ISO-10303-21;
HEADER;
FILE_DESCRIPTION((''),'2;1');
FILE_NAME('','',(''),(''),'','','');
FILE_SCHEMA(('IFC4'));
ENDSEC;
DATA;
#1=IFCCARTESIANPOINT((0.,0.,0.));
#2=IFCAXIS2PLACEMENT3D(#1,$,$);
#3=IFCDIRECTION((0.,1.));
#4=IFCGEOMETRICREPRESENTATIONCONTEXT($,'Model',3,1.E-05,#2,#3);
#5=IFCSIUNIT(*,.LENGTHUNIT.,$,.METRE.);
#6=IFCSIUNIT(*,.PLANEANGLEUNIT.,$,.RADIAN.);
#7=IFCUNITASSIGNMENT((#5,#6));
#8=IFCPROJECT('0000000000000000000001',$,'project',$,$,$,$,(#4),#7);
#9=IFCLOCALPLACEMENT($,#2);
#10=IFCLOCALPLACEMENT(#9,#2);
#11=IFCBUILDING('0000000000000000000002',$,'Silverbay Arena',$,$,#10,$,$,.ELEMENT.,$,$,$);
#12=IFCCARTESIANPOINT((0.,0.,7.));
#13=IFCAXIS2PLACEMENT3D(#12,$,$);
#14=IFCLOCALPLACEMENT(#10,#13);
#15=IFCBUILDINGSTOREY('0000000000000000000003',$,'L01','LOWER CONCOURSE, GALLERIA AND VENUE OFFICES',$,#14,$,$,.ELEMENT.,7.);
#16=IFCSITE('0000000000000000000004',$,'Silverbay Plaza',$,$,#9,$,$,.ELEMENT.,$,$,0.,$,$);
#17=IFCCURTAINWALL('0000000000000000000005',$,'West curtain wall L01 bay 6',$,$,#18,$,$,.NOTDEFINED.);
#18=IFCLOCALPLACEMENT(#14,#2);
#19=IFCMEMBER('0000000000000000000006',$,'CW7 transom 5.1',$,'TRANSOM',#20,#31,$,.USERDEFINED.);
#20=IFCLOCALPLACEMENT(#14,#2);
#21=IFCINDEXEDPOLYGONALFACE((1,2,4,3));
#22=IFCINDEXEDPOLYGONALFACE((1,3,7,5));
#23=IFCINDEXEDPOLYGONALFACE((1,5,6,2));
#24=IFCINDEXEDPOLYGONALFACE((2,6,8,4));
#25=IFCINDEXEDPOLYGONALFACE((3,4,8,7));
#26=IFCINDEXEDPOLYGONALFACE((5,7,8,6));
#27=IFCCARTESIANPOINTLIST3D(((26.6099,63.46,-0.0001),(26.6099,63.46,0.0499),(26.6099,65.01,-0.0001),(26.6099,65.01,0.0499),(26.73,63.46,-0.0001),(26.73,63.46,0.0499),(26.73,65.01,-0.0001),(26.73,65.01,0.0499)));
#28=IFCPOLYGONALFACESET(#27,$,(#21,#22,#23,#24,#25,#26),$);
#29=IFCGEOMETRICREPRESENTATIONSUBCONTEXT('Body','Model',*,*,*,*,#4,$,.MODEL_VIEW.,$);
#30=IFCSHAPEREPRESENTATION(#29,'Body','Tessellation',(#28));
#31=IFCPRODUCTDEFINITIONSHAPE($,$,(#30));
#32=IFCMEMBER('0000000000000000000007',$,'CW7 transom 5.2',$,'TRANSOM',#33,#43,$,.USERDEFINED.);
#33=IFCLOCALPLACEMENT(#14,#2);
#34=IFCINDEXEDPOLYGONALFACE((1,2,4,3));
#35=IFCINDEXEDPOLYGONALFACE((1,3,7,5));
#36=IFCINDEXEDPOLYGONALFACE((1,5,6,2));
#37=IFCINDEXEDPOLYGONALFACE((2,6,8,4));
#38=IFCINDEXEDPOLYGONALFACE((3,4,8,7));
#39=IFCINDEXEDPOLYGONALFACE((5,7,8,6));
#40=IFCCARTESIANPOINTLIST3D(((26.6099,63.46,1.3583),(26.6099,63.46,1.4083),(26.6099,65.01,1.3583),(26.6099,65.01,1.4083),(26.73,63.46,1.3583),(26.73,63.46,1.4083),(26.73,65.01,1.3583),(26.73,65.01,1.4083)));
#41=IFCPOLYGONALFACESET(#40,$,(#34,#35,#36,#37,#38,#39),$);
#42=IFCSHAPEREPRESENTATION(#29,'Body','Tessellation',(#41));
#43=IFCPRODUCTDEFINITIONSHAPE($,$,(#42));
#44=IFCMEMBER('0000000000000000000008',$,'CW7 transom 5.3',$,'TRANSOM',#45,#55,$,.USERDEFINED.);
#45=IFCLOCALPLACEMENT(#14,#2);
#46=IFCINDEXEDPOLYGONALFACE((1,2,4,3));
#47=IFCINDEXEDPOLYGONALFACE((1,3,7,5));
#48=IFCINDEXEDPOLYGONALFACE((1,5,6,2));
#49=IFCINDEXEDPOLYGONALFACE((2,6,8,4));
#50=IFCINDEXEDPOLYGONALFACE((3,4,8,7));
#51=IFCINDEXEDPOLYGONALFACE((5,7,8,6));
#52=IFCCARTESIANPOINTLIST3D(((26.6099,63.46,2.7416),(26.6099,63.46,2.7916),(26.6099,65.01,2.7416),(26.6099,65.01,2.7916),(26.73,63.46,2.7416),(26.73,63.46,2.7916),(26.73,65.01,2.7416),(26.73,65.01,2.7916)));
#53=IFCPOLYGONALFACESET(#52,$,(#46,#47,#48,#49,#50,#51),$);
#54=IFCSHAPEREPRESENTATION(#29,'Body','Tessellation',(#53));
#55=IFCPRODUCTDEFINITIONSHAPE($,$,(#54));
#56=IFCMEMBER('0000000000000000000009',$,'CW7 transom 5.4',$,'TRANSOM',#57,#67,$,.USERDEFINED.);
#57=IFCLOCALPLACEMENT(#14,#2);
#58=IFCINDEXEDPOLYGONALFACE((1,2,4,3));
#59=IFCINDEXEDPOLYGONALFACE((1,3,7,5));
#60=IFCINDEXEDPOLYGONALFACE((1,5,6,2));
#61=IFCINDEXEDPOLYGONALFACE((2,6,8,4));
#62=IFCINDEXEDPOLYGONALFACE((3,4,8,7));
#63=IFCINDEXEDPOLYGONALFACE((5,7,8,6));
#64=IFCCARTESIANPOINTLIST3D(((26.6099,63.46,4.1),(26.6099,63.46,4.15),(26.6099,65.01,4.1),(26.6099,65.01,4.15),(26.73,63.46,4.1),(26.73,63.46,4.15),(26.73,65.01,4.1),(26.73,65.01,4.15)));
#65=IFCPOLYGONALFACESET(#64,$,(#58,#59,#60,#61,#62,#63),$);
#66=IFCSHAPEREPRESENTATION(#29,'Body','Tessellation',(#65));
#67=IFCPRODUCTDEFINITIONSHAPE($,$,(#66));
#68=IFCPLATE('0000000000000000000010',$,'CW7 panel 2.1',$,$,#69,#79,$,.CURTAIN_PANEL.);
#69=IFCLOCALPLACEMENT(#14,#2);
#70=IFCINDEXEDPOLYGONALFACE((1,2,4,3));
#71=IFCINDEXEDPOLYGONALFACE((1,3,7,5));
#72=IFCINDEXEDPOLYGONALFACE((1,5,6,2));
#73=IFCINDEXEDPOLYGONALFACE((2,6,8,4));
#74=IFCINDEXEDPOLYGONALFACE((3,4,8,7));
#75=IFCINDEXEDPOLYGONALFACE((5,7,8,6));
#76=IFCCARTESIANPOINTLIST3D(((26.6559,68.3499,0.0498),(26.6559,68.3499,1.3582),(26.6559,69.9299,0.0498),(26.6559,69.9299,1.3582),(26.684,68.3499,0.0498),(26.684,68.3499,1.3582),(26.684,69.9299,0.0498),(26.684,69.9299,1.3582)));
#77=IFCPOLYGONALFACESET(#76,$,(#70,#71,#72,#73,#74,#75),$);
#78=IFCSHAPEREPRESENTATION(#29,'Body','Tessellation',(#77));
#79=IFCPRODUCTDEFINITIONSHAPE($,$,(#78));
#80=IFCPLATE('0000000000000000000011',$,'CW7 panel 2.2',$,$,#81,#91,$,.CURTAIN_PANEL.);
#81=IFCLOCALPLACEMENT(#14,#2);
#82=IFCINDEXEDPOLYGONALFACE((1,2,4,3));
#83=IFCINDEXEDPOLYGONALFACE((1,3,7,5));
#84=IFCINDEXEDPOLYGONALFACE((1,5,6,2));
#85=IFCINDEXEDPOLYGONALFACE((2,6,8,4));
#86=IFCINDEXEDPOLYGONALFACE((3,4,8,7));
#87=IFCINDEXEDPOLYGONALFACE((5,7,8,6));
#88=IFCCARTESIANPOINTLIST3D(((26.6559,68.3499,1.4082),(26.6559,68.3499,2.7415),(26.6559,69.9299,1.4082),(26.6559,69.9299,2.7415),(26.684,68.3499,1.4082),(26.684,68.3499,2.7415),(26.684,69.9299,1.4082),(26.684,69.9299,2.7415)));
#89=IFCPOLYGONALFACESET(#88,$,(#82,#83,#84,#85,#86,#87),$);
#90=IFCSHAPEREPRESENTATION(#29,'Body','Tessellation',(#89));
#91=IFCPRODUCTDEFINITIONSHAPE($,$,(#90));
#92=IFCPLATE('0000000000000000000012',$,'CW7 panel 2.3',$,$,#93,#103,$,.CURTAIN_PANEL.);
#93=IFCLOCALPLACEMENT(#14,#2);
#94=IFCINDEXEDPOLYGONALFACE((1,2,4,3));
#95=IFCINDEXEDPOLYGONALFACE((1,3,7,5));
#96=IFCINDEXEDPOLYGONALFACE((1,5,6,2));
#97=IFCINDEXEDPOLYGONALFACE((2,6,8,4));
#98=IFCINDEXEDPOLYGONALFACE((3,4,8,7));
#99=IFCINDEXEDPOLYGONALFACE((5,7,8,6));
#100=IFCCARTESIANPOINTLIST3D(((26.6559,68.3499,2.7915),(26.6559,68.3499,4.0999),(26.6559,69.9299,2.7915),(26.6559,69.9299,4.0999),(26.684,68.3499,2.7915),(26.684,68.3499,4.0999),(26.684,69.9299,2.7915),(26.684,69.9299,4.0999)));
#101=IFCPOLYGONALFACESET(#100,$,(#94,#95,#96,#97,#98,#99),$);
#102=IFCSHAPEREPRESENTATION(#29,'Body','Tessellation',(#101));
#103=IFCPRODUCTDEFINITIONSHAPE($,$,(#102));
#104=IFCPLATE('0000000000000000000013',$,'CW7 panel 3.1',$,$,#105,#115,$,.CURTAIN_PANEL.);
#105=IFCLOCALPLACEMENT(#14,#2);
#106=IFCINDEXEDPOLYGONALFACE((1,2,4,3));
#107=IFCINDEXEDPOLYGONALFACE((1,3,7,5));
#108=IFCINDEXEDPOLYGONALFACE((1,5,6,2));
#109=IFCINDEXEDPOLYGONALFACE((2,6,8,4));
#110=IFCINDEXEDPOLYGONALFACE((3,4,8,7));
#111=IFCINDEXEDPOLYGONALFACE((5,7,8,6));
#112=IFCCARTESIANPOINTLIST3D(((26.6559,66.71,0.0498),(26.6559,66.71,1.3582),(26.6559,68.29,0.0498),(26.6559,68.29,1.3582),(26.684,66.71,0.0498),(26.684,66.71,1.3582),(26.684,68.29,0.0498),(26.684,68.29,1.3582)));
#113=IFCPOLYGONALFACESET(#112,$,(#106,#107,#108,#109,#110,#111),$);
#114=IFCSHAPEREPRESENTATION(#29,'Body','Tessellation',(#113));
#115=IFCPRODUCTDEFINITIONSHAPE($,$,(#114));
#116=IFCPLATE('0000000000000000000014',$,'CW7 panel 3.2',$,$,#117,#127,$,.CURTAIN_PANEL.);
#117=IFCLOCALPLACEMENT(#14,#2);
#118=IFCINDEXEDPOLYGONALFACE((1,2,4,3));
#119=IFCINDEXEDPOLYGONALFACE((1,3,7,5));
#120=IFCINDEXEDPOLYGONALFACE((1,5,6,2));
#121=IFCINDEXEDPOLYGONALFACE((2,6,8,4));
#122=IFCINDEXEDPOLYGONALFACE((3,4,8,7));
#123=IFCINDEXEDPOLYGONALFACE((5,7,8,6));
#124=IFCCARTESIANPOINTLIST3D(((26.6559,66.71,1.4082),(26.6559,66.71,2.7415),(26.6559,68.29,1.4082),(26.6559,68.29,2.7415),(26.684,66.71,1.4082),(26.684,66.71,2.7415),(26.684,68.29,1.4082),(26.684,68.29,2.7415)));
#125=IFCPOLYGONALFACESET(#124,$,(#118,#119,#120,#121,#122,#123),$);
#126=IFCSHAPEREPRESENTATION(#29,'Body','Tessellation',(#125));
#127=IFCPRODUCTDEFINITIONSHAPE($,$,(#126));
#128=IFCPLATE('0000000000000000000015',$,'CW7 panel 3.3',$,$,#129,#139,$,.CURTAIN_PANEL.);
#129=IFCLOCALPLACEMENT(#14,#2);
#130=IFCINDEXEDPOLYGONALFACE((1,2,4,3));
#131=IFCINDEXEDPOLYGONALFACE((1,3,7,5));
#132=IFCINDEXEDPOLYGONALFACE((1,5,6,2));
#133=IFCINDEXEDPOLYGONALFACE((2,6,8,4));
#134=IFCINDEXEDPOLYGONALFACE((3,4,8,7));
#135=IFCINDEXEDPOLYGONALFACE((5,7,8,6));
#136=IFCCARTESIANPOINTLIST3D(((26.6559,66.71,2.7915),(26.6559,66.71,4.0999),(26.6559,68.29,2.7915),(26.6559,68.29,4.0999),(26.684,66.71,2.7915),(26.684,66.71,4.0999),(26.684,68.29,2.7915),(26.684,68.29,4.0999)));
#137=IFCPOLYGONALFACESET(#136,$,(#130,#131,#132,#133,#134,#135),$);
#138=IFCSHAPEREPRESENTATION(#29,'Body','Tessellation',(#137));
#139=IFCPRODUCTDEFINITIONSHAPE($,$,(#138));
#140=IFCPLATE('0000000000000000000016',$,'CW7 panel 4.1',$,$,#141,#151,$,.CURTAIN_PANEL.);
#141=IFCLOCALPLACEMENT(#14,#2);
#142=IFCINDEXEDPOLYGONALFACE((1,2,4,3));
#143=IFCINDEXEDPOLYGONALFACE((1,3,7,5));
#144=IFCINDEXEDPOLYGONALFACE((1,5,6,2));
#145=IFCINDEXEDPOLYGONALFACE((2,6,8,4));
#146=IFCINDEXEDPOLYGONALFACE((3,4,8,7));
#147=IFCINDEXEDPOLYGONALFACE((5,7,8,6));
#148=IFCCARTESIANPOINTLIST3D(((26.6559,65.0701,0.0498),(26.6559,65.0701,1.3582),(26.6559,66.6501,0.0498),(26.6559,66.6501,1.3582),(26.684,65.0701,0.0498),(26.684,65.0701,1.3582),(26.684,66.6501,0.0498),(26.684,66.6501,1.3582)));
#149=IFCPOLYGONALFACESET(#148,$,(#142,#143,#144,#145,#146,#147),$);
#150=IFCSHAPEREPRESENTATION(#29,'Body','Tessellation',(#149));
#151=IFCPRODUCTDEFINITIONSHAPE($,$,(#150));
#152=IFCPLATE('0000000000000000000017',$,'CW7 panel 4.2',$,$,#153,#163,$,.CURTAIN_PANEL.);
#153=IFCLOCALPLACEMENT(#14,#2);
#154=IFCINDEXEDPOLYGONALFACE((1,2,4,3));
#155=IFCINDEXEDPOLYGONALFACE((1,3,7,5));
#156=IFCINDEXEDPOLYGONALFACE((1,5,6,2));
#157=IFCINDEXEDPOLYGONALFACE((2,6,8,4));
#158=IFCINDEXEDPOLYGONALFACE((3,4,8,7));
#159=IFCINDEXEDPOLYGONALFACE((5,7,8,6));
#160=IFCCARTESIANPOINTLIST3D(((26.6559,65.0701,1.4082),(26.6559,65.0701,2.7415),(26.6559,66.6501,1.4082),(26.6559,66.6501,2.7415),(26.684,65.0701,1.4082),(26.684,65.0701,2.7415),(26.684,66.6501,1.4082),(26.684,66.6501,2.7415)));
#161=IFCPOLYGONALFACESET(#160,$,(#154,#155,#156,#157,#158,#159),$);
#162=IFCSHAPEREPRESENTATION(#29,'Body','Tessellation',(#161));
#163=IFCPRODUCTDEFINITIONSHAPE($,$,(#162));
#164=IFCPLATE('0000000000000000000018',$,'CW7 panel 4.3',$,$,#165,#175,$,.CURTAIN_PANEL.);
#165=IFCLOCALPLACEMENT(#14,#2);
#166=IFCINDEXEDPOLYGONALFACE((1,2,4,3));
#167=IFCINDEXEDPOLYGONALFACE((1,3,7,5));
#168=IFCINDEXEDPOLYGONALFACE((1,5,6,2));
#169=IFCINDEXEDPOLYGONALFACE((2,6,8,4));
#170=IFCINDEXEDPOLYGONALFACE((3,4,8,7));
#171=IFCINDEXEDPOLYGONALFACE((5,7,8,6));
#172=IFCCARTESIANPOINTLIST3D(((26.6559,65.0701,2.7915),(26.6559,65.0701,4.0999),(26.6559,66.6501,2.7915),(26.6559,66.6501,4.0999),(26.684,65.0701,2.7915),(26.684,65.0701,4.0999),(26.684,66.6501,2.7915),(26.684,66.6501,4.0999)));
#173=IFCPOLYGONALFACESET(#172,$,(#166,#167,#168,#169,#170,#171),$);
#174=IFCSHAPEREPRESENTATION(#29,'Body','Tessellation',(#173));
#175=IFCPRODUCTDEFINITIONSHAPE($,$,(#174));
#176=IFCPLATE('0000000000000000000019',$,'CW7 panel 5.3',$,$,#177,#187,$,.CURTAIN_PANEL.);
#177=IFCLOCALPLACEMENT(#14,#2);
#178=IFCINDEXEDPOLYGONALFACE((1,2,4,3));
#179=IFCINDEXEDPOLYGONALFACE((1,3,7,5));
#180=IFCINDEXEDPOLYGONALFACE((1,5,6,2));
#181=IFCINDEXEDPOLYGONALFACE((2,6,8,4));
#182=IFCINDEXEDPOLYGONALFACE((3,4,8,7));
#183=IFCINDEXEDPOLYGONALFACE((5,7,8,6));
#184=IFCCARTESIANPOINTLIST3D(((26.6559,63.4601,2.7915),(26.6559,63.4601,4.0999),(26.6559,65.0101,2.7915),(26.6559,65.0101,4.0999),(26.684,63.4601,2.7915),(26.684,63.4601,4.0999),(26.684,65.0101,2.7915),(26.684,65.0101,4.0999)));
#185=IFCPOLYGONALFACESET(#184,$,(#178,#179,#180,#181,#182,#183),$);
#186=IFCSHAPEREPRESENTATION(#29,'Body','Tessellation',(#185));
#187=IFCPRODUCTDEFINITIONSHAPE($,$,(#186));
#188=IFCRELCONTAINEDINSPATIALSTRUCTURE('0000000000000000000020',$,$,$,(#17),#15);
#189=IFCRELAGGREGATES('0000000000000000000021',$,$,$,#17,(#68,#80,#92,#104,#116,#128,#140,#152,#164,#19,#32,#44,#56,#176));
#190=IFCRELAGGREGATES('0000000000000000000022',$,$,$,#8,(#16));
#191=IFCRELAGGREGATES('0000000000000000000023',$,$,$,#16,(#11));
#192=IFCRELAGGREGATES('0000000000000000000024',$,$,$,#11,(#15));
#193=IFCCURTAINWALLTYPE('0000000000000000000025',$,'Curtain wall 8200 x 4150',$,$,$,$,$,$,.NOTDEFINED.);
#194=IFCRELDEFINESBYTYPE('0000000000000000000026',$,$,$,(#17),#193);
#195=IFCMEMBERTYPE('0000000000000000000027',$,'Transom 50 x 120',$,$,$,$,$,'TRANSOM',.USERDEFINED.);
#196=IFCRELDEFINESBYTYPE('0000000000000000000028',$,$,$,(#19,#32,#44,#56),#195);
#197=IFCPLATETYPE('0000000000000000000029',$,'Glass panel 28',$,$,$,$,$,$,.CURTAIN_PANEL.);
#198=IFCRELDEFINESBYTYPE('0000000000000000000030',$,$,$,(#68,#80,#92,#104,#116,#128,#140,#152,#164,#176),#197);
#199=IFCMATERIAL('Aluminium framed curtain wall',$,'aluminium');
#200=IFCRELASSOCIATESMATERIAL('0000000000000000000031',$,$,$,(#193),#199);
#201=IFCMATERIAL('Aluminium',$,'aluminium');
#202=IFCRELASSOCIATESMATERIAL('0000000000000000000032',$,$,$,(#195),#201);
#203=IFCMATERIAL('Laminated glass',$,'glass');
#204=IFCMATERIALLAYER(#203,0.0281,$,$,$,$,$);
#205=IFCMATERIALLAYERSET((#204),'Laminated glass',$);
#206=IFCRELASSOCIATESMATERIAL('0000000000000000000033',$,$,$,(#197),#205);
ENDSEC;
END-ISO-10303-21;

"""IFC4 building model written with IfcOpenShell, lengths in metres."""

from ifc_helpers import new_model, si_unit, direction, frame, origin, origin_2d, place, context, subcontext, project, spatial, rectangle, extrude, material, layer, layer_set, material_profile, profile_set, type_object, element, aggregate, save


model = new_model("IFC4")

# Units and contexts
model_context = context("Model", 3, precision=1e-05, world=origin(), true_north=direction((0.0, 1.0)))
body_context = subcontext(model_context, "Body", "Model", "MODEL_VIEW")
ifc_project = project(units=[si_unit("LENGTHUNIT", "METRE"), si_unit("PLANEANGLEUNIT", "RADIAN")], contexts=[model_context])

# Site, building, storey
site_placement = place(None, origin())
site = spatial("IfcSite", under=ifc_project, at=site_placement, Name="Silverbay Plaza", CompositionType="ELEMENT", RefElevation=0.0)
building_placement = place(site_placement, origin())
building = spatial("IfcBuilding", under=site, at=building_placement, Name="Silverbay Arena", CompositionType="ELEMENT")
storey_placement = place(building_placement, frame((0.0, 0.0, 7.0)))
storey = spatial("IfcBuildingStorey", under=building, at=storey_placement, Name="L01", Description="LOWER CONCOURSE, GALLERIA AND VENUE OFFICES", CompositionType="ELEMENT", Elevation=7.0)

# Curtain wall, members, plates
ifc_material_1 = material(Name="Aluminium framed curtain wall", Category="aluminium")
curtain_wall_type = type_object("IfcCurtainWallType", Name="Curtain wall 8200 x 4150", PredefinedType="NOTDEFINED", material=ifc_material_1)
curtain_wall_placement = place(storey_placement, origin())
curtain_wall = element("IfcCurtainWall", 1, at=curtain_wall_placement, inside=storey, type_object=curtain_wall_type, Name="West curtain wall L01 bay 6", PredefinedType="NOTDEFINED")
ifc_material_2 = material(Name="Aluminium", Category="aluminium")
ifc_material_profile_1 = material_profile(ifc_material_2, rectangle(XDim=0.1201, YDim=0.05, at=origin_2d()), Name="Transom 50 x 120")
ifc_profile_set_1 = profile_set([ifc_material_profile_1], Name="Aluminium")
member_type_1 = type_object("IfcMemberType", Name="Transom 50 x 120", ElementType="TRANSOM", PredefinedType="USERDEFINED", material=ifc_profile_set_1)
member_1_placement = place(storey_placement, frame((26.6699, 65.01, 0.0249), z_axis=(0.0, -1.0, 0.0), x_axis=(1.0, 0.0, 0.0)))
member_1 = element("IfcMember", 2, at=member_1_placement, type_object=member_type_1, Name="CW7 transom 5.1", ObjectType="TRANSOM", PredefinedType="USERDEFINED", context=body_context, shape_type="SweptSolid", body=[
    extrude(rectangle(XDim=0.1201, YDim=0.05, at=origin_2d()), origin(), (0.0, 0.0, 1.0), 1.55),
])
member_2_placement = place(storey_placement, frame((26.6699, 65.01, 1.3833), z_axis=(0.0, -1.0, 0.0), x_axis=(1.0, 0.0, 0.0)))
member_2 = element("IfcMember", 3, at=member_2_placement, type_object=member_type_1, Name="CW7 transom 5.2", ObjectType="TRANSOM", PredefinedType="USERDEFINED", context=body_context, shape_type="SweptSolid", body=[
    extrude(rectangle(XDim=0.1201, YDim=0.05, at=origin_2d()), origin(), (0.0, 0.0, 1.0), 1.55),
])
member_3_placement = place(storey_placement, frame((26.6699, 65.01, 2.7666), z_axis=(0.0, -1.0, 0.0), x_axis=(1.0, 0.0, 0.0)))
member_3 = element("IfcMember", 4, at=member_3_placement, type_object=member_type_1, Name="CW7 transom 5.3", ObjectType="TRANSOM", PredefinedType="USERDEFINED", context=body_context, shape_type="SweptSolid", body=[
    extrude(rectangle(XDim=0.1201, YDim=0.05, at=origin_2d()), origin(), (0.0, 0.0, 1.0), 1.55),
])
member_4_placement = place(storey_placement, frame((26.6699, 65.01, 4.125), z_axis=(0.0, -1.0, 0.0), x_axis=(1.0, 0.0, 0.0)))
member_4 = element("IfcMember", 5, at=member_4_placement, type_object=member_type_1, Name="CW7 transom 5.4", ObjectType="TRANSOM", PredefinedType="USERDEFINED", context=body_context, shape_type="SweptSolid", body=[
    extrude(rectangle(XDim=0.1201, YDim=0.05, at=origin_2d()), origin(), (0.0, 0.0, 1.0), 1.55),
])
ifc_material_3 = material(Name="Laminated glass", Category="glass")
ifc_layer = layer(ifc_material_3, 0.0281)
ifc_layer_set = layer_set([ifc_layer], Name="Laminated glass")
plate_type = type_object("IfcPlateType", Name="Glass panel 28", PredefinedType="CURTAIN_PANEL", material=ifc_layer_set)
plate_1_placement = place(storey_placement, frame((26.6699, 69.1399, 0.0498), z_axis=(0.0, 0.0, 1.0), x_axis=(0.0, -1.0, 0.0)))
plate_1 = element("IfcPlate", 6, at=plate_1_placement, type_object=plate_type, Name="CW7 panel 2.1", PredefinedType="CURTAIN_PANEL", context=body_context, shape_type="SweptSolid", body=[
    extrude(rectangle(XDim=1.5801, YDim=0.0281, at=origin_2d()), origin(), (0.0, 0.0, 1.0), 1.3083),
])
plate_2_placement = place(storey_placement, frame((26.6699, 69.1399, 1.4082), z_axis=(0.0, 0.0, 1.0), x_axis=(0.0, -1.0, 0.0)))
plate_2 = element("IfcPlate", 7, at=plate_2_placement, type_object=plate_type, Name="CW7 panel 2.2", PredefinedType="CURTAIN_PANEL", context=body_context, shape_type="SweptSolid", body=[
    extrude(rectangle(XDim=1.5801, YDim=0.0281, at=origin_2d()), origin(), (0.0, 0.0, 1.0), 1.3333),
])
plate_3_placement = place(storey_placement, frame((26.6699, 69.1399, 2.7915), z_axis=(0.0, 0.0, 1.0), x_axis=(0.0, -1.0, 0.0)))
plate_3 = element("IfcPlate", 8, at=plate_3_placement, type_object=plate_type, Name="CW7 panel 2.3", PredefinedType="CURTAIN_PANEL", context=body_context, shape_type="SweptSolid", body=[
    extrude(rectangle(XDim=1.5801, YDim=0.0281, at=origin_2d()), origin(), (0.0, 0.0, 1.0), 1.3083),
])
plate_4_placement = place(storey_placement, frame((26.6699, 67.5, 0.0498), z_axis=(0.0, 0.0, 1.0), x_axis=(0.0, -1.0, 0.0)))
plate_4 = element("IfcPlate", 9, at=plate_4_placement, type_object=plate_type, Name="CW7 panel 3.1", PredefinedType="CURTAIN_PANEL", context=body_context, shape_type="SweptSolid", body=[
    extrude(rectangle(XDim=1.5801, YDim=0.0281, at=origin_2d()), origin(), (0.0, 0.0, 1.0), 1.3083),
])
plate_5_placement = place(storey_placement, frame((26.6699, 67.5, 1.4082), z_axis=(0.0, 0.0, 1.0), x_axis=(0.0, -1.0, 0.0)))
plate_5 = element("IfcPlate", 10, at=plate_5_placement, type_object=plate_type, Name="CW7 panel 3.2", PredefinedType="CURTAIN_PANEL", context=body_context, shape_type="SweptSolid", body=[
    extrude(rectangle(XDim=1.5801, YDim=0.0281, at=origin_2d()), origin(), (0.0, 0.0, 1.0), 1.3333),
])
plate_6_placement = place(storey_placement, frame((26.6699, 67.5, 2.7915), z_axis=(0.0, 0.0, 1.0), x_axis=(0.0, -1.0, 0.0)))
plate_6 = element("IfcPlate", 11, at=plate_6_placement, type_object=plate_type, Name="CW7 panel 3.3", PredefinedType="CURTAIN_PANEL", context=body_context, shape_type="SweptSolid", body=[
    extrude(rectangle(XDim=1.5801, YDim=0.0281, at=origin_2d()), origin(), (0.0, 0.0, 1.0), 1.3083),
])
plate_7_placement = place(storey_placement, frame((26.6699, 65.8601, 0.0498), z_axis=(0.0, 0.0, 1.0), x_axis=(0.0, -1.0, 0.0)))
plate_7 = element("IfcPlate", 12, at=plate_7_placement, type_object=plate_type, Name="CW7 panel 4.1", PredefinedType="CURTAIN_PANEL", context=body_context, shape_type="SweptSolid", body=[
    extrude(rectangle(XDim=1.5801, YDim=0.0281, at=origin_2d()), origin(), (0.0, 0.0, 1.0), 1.3083),
])
plate_8_placement = place(storey_placement, frame((26.6699, 65.8601, 1.4082), z_axis=(0.0, 0.0, 1.0), x_axis=(0.0, -1.0, 0.0)))
plate_8 = element("IfcPlate", 13, at=plate_8_placement, type_object=plate_type, Name="CW7 panel 4.2", PredefinedType="CURTAIN_PANEL", context=body_context, shape_type="SweptSolid", body=[
    extrude(rectangle(XDim=1.5801, YDim=0.0281, at=origin_2d()), origin(), (0.0, 0.0, 1.0), 1.3333),
])
plate_9_placement = place(storey_placement, frame((26.6699, 65.8601, 2.7915), z_axis=(0.0, 0.0, 1.0), x_axis=(0.0, -1.0, 0.0)))
plate_9 = element("IfcPlate", 14, at=plate_9_placement, type_object=plate_type, Name="CW7 panel 4.3", PredefinedType="CURTAIN_PANEL", context=body_context, shape_type="SweptSolid", body=[
    extrude(rectangle(XDim=1.5801, YDim=0.0281, at=origin_2d()), origin(), (0.0, 0.0, 1.0), 1.3083),
])
plate_10_placement = place(storey_placement, frame((26.6699, 64.2351, 2.7915), z_axis=(0.0, 0.0, 1.0), x_axis=(0.0, -1.0, 0.0)))
plate_10 = element("IfcPlate", 15, at=plate_10_placement, type_object=plate_type, Name="CW7 panel 5.3", PredefinedType="CURTAIN_PANEL", context=body_context, shape_type="SweptSolid", body=[
    extrude(rectangle(XDim=1.55, YDim=0.0281, at=origin_2d()), origin(), (0.0, 0.0, 1.0), 1.3083),
])
aggregate(curtain_wall, [plate_1, plate_2, plate_3, plate_4, plate_5, plate_6, plate_7, plate_8, plate_9, member_1, member_2, member_3, member_4, plate_10])

save(model, "model.ifc")
